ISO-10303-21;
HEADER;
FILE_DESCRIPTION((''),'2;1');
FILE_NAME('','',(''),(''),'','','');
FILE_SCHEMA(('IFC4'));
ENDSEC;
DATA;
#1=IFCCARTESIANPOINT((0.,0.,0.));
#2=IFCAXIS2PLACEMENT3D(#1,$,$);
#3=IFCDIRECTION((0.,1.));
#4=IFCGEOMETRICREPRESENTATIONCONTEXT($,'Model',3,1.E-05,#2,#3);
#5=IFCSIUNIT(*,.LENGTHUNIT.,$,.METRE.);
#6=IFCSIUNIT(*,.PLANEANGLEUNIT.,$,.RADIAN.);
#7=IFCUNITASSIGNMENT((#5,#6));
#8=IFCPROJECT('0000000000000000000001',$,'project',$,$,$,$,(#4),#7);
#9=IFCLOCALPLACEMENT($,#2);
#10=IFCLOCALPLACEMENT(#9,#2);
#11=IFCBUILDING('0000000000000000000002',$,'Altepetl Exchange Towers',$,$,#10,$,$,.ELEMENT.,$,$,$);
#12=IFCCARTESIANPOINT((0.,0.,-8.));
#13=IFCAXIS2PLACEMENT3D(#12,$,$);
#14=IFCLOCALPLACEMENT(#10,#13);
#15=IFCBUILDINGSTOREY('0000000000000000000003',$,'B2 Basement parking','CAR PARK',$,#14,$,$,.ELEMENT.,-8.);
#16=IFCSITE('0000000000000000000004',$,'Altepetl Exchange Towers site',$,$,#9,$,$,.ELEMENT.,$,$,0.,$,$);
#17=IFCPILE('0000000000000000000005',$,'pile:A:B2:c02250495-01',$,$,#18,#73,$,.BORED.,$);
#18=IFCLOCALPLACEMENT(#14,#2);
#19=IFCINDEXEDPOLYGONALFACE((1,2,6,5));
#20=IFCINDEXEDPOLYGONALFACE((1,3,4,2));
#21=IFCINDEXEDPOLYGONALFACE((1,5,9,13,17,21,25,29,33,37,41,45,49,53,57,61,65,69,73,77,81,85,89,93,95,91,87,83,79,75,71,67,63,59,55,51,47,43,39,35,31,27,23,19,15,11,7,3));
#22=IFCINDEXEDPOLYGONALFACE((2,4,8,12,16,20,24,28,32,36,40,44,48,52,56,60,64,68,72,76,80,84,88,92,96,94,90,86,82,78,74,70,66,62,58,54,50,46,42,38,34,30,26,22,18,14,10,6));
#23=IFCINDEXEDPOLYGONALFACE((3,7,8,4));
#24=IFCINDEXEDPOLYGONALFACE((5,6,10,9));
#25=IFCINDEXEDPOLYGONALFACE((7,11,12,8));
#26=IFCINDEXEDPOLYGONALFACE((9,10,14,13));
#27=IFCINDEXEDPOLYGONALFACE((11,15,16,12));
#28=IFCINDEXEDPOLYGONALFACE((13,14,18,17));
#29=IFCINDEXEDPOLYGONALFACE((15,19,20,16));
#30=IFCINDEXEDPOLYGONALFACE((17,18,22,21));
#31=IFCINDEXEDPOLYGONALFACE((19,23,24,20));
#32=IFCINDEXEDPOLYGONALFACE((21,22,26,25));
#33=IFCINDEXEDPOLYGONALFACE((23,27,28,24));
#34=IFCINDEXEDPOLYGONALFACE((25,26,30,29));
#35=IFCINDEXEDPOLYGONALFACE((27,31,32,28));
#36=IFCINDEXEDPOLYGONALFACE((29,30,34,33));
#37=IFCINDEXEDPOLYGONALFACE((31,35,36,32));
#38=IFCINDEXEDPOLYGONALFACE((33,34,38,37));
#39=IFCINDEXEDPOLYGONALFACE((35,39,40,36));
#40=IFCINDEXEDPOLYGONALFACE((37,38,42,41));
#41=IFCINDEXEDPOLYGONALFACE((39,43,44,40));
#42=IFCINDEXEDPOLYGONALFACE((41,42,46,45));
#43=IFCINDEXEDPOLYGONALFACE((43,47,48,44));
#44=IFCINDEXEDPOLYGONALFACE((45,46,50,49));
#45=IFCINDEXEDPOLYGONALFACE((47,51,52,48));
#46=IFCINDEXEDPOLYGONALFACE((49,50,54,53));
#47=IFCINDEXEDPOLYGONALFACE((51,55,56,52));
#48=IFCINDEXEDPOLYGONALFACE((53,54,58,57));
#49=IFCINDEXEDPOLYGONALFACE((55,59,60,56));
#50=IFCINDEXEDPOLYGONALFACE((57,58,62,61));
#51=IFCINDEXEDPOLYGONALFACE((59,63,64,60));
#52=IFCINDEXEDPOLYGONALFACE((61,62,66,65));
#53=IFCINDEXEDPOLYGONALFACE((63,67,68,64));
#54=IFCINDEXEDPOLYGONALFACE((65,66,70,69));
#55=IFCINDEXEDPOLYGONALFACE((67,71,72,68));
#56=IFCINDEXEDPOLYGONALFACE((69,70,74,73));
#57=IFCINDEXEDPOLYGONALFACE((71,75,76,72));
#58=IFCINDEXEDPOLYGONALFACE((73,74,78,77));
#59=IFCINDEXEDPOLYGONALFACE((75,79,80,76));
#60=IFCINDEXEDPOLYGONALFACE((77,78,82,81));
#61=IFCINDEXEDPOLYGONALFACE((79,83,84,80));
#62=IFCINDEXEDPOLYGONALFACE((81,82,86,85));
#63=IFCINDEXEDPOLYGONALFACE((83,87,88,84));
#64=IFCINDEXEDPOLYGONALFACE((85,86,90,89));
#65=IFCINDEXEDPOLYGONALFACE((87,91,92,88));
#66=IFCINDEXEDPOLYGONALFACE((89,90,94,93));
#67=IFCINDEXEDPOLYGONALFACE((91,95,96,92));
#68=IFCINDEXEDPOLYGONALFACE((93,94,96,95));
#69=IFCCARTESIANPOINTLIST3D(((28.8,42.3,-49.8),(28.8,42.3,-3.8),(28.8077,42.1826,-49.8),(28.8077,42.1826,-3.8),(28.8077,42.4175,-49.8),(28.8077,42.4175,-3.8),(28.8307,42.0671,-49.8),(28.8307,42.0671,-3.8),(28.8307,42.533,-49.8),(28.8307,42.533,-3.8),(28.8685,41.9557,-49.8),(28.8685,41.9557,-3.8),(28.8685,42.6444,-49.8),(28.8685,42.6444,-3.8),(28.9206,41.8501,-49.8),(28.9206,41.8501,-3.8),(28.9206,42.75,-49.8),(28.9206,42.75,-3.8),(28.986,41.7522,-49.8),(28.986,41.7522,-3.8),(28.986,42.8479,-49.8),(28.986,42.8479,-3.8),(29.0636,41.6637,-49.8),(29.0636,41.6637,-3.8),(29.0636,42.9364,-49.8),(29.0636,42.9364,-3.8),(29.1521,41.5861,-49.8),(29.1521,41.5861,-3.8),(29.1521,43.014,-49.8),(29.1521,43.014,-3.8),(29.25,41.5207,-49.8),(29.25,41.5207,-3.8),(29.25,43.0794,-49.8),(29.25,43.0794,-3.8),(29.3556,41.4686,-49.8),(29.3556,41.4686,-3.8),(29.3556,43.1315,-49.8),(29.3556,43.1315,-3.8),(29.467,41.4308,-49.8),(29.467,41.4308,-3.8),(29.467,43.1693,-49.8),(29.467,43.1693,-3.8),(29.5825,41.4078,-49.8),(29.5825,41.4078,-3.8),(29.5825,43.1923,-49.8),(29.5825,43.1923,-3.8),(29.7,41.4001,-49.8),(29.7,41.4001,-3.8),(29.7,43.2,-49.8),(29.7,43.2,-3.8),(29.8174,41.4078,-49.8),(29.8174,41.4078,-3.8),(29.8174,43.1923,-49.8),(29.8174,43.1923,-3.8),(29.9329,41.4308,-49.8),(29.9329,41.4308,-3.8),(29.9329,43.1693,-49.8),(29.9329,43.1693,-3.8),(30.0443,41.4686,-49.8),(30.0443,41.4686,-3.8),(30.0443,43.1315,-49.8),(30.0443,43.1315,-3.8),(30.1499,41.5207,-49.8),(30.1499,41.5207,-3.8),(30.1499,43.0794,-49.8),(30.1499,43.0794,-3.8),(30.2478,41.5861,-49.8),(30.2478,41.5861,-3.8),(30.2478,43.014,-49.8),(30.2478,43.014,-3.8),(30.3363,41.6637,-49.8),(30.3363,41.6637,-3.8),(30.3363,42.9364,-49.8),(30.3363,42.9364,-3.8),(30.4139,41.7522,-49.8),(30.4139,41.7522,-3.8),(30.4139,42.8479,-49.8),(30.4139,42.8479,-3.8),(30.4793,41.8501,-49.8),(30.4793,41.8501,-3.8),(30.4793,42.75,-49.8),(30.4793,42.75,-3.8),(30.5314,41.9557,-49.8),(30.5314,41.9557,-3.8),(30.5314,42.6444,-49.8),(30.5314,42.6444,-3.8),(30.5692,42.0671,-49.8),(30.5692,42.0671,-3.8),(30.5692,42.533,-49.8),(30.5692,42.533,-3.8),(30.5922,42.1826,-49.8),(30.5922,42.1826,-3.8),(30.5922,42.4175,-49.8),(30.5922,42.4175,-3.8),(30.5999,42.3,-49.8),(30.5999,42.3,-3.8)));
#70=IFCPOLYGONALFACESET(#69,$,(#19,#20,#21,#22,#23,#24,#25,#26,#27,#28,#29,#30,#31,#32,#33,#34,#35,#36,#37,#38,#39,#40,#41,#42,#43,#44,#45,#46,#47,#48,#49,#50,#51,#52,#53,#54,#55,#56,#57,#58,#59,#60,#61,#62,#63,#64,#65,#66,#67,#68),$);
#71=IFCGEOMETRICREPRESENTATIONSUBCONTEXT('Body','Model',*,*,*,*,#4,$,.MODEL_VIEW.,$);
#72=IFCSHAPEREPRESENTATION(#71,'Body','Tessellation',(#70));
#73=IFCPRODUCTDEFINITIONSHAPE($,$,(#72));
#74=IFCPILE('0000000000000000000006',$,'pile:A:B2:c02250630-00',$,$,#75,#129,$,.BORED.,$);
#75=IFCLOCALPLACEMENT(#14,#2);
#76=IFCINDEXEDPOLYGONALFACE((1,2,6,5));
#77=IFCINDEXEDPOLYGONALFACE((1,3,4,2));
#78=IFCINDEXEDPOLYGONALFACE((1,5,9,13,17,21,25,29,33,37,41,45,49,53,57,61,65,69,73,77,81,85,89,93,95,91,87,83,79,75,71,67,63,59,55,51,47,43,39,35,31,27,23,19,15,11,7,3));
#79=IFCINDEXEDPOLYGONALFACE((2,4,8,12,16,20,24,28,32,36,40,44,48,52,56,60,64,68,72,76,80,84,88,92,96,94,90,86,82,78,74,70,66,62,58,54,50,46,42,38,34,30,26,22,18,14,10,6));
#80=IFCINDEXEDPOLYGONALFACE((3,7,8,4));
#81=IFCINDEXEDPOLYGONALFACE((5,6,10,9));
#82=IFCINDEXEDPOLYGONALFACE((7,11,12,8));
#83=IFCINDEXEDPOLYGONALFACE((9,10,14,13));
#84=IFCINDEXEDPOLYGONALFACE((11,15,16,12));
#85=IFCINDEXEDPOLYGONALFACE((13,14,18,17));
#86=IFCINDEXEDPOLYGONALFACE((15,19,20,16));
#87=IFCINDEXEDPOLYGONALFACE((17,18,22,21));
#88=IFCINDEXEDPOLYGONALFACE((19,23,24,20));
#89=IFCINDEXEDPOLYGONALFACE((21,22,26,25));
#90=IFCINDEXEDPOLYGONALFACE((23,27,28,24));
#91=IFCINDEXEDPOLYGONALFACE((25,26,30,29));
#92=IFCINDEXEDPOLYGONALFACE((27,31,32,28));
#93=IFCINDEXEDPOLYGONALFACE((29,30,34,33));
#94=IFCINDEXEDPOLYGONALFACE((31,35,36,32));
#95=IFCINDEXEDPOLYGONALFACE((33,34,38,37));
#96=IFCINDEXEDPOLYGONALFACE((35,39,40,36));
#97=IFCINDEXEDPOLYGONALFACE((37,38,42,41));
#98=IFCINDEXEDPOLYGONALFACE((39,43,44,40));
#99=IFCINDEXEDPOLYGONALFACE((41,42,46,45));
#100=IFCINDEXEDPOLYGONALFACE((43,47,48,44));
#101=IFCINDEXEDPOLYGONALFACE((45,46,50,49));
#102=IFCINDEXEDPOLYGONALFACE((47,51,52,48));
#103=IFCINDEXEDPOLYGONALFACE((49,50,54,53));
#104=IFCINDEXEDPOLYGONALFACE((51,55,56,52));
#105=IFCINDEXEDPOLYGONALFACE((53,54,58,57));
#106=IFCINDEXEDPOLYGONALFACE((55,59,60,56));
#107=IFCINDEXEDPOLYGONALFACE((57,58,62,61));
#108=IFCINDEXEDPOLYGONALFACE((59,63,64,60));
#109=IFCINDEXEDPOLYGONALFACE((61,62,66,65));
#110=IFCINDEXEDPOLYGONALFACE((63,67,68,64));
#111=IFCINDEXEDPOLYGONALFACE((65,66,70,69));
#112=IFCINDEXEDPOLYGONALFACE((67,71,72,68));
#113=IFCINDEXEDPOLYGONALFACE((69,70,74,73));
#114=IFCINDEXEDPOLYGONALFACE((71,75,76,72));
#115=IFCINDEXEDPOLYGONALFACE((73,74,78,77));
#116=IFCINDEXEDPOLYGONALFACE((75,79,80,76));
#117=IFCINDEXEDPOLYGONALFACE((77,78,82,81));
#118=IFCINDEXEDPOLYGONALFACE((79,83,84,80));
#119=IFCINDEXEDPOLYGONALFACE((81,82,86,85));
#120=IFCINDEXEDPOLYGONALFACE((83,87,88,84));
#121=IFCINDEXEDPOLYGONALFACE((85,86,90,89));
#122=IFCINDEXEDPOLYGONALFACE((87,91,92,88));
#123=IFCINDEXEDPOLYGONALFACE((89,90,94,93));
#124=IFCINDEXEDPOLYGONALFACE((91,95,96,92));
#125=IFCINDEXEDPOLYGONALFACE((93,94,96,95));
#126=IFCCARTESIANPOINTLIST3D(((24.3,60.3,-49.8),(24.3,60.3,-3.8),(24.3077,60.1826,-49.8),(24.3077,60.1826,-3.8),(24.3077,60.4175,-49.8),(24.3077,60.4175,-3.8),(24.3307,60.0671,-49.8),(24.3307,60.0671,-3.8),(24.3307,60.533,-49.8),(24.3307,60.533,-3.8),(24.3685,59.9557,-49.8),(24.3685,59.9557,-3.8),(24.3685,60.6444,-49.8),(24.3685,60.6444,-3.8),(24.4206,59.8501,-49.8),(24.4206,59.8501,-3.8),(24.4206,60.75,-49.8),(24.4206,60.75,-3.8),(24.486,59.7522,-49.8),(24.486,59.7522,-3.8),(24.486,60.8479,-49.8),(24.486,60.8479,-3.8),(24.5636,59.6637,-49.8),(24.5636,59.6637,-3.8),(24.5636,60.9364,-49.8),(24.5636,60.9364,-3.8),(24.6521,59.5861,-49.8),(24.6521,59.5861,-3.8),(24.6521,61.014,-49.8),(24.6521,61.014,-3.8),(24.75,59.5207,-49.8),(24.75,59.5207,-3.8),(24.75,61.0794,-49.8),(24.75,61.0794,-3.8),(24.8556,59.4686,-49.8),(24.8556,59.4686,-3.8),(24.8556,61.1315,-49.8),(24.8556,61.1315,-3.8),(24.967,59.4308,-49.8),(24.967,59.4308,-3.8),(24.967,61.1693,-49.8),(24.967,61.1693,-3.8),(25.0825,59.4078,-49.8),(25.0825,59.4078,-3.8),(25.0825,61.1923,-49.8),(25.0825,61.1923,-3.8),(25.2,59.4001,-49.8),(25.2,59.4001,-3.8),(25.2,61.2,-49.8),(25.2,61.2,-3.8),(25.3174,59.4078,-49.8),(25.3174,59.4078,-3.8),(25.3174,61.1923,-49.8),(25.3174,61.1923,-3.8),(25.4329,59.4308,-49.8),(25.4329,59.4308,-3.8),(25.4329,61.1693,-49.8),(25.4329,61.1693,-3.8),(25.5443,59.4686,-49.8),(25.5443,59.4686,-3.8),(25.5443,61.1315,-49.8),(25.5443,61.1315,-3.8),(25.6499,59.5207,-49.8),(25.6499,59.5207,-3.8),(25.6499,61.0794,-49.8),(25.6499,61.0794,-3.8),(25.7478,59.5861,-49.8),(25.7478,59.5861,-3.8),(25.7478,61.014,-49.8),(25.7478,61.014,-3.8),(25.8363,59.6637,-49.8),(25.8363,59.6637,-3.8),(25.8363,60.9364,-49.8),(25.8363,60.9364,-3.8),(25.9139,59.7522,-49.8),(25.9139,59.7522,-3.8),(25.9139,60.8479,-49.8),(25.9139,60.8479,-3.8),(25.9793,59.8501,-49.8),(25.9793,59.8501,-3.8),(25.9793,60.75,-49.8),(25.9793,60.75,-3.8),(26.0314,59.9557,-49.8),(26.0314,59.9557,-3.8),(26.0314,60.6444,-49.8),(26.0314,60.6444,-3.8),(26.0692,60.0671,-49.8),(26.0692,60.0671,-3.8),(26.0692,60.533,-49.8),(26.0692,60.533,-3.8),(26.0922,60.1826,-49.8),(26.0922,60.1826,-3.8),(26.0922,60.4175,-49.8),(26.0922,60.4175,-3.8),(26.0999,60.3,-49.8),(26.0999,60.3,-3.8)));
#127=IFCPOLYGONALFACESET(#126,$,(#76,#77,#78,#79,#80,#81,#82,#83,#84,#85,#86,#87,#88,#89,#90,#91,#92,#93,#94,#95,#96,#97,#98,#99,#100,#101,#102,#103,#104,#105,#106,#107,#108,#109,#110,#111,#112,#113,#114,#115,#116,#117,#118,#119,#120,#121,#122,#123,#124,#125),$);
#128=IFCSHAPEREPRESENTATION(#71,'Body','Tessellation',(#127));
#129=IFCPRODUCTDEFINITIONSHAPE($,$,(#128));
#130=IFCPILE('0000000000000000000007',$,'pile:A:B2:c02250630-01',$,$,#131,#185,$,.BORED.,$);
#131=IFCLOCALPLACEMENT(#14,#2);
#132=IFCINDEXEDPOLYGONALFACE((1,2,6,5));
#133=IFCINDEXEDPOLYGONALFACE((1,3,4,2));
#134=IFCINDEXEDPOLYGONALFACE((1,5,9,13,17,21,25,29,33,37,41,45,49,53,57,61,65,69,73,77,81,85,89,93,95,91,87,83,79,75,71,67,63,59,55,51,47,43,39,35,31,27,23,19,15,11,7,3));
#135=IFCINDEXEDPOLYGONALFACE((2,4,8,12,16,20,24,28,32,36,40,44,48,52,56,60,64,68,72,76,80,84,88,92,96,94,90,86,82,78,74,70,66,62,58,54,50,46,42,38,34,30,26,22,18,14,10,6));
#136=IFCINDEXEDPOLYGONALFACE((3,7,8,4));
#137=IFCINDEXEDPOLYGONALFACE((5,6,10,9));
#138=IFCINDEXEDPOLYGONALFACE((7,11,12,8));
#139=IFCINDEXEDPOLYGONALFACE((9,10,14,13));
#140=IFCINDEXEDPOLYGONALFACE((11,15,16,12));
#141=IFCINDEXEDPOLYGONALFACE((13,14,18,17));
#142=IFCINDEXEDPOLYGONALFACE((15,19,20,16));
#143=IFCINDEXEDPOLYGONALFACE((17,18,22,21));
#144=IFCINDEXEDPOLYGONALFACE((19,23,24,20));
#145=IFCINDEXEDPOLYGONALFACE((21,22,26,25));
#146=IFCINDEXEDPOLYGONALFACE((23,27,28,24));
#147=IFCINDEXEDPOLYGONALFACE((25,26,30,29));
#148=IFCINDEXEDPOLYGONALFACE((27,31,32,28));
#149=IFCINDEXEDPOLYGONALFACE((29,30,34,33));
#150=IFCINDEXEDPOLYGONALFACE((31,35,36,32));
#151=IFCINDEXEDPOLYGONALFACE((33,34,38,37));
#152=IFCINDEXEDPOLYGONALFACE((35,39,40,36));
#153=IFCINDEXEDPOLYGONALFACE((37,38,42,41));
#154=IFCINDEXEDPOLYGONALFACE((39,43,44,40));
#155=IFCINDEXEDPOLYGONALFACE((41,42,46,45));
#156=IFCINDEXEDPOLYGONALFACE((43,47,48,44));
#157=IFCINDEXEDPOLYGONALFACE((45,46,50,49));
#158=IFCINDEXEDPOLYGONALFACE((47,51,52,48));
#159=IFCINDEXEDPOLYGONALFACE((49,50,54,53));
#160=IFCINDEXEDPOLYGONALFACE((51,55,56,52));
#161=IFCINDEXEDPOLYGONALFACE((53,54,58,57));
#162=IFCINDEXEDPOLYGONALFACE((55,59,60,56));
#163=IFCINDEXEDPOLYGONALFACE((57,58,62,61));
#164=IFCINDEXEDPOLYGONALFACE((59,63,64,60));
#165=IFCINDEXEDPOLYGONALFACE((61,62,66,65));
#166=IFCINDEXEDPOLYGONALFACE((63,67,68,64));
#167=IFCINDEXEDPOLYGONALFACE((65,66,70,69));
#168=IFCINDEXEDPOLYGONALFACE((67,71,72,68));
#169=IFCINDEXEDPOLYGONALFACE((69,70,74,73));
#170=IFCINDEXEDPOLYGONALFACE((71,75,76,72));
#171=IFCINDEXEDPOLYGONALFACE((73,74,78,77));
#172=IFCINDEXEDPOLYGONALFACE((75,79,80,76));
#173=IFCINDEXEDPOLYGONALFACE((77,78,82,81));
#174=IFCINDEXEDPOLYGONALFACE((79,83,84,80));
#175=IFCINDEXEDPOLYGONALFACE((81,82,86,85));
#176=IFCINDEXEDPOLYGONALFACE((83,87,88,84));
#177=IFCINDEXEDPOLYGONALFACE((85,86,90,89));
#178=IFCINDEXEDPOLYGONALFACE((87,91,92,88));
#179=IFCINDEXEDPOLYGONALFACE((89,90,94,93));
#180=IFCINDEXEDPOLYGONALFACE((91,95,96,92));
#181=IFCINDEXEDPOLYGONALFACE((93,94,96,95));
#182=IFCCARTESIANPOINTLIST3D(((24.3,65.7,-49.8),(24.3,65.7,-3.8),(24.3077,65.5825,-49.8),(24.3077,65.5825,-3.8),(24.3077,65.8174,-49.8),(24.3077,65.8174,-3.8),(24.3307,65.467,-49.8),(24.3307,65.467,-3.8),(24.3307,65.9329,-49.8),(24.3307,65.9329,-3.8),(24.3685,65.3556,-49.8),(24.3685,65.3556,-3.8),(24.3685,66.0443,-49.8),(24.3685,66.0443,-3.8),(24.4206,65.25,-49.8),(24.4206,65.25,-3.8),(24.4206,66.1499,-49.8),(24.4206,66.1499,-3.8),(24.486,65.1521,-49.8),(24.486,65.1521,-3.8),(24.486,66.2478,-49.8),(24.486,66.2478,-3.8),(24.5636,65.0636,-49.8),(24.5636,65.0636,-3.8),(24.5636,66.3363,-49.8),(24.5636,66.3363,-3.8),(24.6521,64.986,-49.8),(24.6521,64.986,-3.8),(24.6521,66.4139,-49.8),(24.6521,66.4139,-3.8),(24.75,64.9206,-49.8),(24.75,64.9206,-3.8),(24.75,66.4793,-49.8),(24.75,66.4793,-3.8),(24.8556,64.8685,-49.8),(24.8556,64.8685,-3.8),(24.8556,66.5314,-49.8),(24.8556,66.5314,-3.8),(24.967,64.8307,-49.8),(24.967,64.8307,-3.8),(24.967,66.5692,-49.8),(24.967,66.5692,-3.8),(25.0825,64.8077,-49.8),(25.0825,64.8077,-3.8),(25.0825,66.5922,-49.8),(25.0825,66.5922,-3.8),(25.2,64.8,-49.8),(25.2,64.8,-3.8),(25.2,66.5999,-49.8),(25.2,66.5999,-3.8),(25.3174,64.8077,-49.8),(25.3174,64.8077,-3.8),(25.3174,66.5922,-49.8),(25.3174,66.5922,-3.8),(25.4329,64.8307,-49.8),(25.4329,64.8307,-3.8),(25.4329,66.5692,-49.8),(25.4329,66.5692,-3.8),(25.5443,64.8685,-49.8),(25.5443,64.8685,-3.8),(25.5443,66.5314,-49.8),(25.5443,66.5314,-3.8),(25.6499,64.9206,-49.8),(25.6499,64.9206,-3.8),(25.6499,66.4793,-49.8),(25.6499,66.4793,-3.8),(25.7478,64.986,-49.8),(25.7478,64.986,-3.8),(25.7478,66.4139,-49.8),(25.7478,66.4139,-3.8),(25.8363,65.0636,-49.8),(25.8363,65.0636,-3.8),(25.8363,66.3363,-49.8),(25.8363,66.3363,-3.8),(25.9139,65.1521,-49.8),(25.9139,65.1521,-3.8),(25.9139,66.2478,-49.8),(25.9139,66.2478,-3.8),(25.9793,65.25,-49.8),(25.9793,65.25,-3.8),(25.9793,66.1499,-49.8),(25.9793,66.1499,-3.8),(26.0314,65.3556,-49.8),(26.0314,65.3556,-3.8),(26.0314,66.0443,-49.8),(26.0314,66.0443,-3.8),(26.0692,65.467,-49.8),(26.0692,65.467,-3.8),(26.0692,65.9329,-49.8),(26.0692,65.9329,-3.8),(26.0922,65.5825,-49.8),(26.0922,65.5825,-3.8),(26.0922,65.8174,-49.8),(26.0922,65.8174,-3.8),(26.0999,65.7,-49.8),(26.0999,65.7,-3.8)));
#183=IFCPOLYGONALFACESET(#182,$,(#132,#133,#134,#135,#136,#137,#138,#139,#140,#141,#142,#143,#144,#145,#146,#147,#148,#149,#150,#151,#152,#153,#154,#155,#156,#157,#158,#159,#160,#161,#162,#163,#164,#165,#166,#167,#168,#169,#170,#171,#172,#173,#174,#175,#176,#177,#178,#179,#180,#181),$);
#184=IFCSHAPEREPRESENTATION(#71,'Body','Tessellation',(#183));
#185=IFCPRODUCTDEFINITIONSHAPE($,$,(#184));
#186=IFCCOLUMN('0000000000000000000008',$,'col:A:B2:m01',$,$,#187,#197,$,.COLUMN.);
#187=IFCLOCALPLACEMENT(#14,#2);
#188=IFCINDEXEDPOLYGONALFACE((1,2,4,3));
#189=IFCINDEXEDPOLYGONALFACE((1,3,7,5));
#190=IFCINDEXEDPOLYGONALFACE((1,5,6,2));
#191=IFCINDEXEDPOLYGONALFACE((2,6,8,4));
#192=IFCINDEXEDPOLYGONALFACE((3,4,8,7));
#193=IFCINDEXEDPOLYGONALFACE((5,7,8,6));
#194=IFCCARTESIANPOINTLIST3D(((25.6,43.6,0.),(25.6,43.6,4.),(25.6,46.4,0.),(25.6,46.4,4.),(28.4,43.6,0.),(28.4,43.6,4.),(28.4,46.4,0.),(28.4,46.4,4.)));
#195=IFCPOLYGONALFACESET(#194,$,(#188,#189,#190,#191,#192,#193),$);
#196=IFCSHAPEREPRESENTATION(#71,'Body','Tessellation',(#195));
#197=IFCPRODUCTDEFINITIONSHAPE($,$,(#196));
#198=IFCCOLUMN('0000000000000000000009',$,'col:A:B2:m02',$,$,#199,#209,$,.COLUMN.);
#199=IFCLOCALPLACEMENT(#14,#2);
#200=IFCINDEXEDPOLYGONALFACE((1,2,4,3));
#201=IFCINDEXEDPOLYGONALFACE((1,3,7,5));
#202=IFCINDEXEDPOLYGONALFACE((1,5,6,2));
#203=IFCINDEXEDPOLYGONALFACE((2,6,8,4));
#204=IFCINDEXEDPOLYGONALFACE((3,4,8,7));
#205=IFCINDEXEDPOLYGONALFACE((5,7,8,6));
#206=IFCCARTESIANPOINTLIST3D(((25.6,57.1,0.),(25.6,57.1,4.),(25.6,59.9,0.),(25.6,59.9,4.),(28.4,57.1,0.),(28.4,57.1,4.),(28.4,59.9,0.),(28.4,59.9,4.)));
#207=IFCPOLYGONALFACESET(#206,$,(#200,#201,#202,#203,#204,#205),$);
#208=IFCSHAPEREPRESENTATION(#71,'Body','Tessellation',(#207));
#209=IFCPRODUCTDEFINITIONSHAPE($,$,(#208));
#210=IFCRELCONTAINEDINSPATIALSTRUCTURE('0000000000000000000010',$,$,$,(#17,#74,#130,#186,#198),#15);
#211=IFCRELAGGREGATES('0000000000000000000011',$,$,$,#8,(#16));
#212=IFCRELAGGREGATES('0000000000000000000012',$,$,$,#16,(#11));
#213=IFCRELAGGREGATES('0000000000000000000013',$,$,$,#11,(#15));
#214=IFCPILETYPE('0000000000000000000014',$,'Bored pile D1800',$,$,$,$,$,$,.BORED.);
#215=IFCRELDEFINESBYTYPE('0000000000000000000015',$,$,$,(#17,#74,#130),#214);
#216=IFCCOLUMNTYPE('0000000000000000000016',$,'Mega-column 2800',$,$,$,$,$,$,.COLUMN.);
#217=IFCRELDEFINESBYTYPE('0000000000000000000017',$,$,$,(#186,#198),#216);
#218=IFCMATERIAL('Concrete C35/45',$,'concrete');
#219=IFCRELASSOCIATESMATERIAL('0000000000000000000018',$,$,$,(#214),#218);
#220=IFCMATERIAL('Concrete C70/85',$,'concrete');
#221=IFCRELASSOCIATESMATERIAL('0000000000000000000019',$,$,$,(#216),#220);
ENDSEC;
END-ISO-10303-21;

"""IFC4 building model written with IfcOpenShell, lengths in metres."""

from ifc_helpers import new_model, si_unit, direction, frame, origin, origin_2d, place, context, subcontext, project, spatial, rectangle, circle, extrude, material, material_profile, profile_set, type_object, element, save


model = new_model("IFC4")

# Units and contexts
model_context = context("Model", 3, precision=1e-05, world=origin(), true_north=direction((0.0, 1.0)))
body_context = subcontext(model_context, "Body", "Model", "MODEL_VIEW")
ifc_project = project(units=[si_unit("LENGTHUNIT", "METRE"), si_unit("PLANEANGLEUNIT", "RADIAN")], contexts=[model_context])

# Site, building, storey
site_placement = place(None, origin())
site = spatial("IfcSite", under=ifc_project, at=site_placement, Name="Altepetl Exchange Towers site", CompositionType="ELEMENT", RefElevation=0.0)
building_placement = place(site_placement, origin())
building = spatial("IfcBuilding", under=site, at=building_placement, Name="Altepetl Exchange Towers", CompositionType="ELEMENT")
storey_placement = place(building_placement, frame((0.0, 0.0, -8.0)))
storey = spatial("IfcBuildingStorey", under=building, at=storey_placement, Name="B2 Basement parking", Description="CAR PARK", CompositionType="ELEMENT", Elevation=-8.0)

# Piles
ifc_material_1 = material(Name="Concrete C35/45", Category="concrete")
ifc_material_profile_1 = material_profile(ifc_material_1, circle(Radius=0.8999, at=origin_2d()), Name="D1800")
ifc_profile_set_1 = profile_set([ifc_material_profile_1], Name="Concrete C35/45")
pile_type_1 = type_object("IfcPileType", Name="Bored pile D1800", PredefinedType="BORED", material=ifc_profile_set_1)
for number, where, z_axis, x_axis, name in (
    (1, (29.7, 42.3, -3.8), (0.0, 0.0, -1.0), (1.0, 0.0, 0.0), "pile:A:B2:c02250495-01"),
    (2, (25.2, 60.3, -3.8), (0.0, 0.0, -1.0), (1.0, 0.0, 0.0), "pile:A:B2:c02250630-00"),
    (3, (25.2, 65.7, -3.8), (0.0, 0.0, -1.0), (1.0, 0.0, 0.0), "pile:A:B2:c02250630-01"),
):
    element("IfcPile", number, at=place(storey_placement, frame(where, z_axis=z_axis, x_axis=x_axis)), inside=storey, type_object=pile_type_1, Name=name, PredefinedType="BORED", context=body_context, shape_type="SweptSolid", body=[
        extrude(circle(Radius=0.8999, at=origin_2d()), origin(), (0.0, 0.0, 1.0), 46.0),
    ])

# Columns
ifc_material_2 = material(Name="Concrete C70/85", Category="concrete")
ifc_material_profile_2 = material_profile(ifc_material_2, rectangle(XDim=2.8, YDim=2.8, at=origin_2d()), Name="2800 x 2800")
ifc_profile_set_2 = profile_set([ifc_material_profile_2], Name="Concrete C70/85")
column_type_1 = type_object("IfcColumnType", Name="Mega-column 2800", PredefinedType="COLUMN", material=ifc_profile_set_2)
for number, where, name in (
    (4, (27.0, 45.0, 0.0), "col:A:B2:m01"),
    (5, (27.0, 58.5, 0.0), "col:A:B2:m02"),
):
    element("IfcColumn", number, at=place(storey_placement, frame(where)), inside=storey, type_object=column_type_1, Name=name, PredefinedType="COLUMN", context=body_context, shape_type="SweptSolid", body=[
        extrude(rectangle(XDim=2.8, YDim=2.8, at=origin_2d()), origin(), (0.0, 0.0, 1.0), 4.0),
    ])

save(model, "model.ifc")
